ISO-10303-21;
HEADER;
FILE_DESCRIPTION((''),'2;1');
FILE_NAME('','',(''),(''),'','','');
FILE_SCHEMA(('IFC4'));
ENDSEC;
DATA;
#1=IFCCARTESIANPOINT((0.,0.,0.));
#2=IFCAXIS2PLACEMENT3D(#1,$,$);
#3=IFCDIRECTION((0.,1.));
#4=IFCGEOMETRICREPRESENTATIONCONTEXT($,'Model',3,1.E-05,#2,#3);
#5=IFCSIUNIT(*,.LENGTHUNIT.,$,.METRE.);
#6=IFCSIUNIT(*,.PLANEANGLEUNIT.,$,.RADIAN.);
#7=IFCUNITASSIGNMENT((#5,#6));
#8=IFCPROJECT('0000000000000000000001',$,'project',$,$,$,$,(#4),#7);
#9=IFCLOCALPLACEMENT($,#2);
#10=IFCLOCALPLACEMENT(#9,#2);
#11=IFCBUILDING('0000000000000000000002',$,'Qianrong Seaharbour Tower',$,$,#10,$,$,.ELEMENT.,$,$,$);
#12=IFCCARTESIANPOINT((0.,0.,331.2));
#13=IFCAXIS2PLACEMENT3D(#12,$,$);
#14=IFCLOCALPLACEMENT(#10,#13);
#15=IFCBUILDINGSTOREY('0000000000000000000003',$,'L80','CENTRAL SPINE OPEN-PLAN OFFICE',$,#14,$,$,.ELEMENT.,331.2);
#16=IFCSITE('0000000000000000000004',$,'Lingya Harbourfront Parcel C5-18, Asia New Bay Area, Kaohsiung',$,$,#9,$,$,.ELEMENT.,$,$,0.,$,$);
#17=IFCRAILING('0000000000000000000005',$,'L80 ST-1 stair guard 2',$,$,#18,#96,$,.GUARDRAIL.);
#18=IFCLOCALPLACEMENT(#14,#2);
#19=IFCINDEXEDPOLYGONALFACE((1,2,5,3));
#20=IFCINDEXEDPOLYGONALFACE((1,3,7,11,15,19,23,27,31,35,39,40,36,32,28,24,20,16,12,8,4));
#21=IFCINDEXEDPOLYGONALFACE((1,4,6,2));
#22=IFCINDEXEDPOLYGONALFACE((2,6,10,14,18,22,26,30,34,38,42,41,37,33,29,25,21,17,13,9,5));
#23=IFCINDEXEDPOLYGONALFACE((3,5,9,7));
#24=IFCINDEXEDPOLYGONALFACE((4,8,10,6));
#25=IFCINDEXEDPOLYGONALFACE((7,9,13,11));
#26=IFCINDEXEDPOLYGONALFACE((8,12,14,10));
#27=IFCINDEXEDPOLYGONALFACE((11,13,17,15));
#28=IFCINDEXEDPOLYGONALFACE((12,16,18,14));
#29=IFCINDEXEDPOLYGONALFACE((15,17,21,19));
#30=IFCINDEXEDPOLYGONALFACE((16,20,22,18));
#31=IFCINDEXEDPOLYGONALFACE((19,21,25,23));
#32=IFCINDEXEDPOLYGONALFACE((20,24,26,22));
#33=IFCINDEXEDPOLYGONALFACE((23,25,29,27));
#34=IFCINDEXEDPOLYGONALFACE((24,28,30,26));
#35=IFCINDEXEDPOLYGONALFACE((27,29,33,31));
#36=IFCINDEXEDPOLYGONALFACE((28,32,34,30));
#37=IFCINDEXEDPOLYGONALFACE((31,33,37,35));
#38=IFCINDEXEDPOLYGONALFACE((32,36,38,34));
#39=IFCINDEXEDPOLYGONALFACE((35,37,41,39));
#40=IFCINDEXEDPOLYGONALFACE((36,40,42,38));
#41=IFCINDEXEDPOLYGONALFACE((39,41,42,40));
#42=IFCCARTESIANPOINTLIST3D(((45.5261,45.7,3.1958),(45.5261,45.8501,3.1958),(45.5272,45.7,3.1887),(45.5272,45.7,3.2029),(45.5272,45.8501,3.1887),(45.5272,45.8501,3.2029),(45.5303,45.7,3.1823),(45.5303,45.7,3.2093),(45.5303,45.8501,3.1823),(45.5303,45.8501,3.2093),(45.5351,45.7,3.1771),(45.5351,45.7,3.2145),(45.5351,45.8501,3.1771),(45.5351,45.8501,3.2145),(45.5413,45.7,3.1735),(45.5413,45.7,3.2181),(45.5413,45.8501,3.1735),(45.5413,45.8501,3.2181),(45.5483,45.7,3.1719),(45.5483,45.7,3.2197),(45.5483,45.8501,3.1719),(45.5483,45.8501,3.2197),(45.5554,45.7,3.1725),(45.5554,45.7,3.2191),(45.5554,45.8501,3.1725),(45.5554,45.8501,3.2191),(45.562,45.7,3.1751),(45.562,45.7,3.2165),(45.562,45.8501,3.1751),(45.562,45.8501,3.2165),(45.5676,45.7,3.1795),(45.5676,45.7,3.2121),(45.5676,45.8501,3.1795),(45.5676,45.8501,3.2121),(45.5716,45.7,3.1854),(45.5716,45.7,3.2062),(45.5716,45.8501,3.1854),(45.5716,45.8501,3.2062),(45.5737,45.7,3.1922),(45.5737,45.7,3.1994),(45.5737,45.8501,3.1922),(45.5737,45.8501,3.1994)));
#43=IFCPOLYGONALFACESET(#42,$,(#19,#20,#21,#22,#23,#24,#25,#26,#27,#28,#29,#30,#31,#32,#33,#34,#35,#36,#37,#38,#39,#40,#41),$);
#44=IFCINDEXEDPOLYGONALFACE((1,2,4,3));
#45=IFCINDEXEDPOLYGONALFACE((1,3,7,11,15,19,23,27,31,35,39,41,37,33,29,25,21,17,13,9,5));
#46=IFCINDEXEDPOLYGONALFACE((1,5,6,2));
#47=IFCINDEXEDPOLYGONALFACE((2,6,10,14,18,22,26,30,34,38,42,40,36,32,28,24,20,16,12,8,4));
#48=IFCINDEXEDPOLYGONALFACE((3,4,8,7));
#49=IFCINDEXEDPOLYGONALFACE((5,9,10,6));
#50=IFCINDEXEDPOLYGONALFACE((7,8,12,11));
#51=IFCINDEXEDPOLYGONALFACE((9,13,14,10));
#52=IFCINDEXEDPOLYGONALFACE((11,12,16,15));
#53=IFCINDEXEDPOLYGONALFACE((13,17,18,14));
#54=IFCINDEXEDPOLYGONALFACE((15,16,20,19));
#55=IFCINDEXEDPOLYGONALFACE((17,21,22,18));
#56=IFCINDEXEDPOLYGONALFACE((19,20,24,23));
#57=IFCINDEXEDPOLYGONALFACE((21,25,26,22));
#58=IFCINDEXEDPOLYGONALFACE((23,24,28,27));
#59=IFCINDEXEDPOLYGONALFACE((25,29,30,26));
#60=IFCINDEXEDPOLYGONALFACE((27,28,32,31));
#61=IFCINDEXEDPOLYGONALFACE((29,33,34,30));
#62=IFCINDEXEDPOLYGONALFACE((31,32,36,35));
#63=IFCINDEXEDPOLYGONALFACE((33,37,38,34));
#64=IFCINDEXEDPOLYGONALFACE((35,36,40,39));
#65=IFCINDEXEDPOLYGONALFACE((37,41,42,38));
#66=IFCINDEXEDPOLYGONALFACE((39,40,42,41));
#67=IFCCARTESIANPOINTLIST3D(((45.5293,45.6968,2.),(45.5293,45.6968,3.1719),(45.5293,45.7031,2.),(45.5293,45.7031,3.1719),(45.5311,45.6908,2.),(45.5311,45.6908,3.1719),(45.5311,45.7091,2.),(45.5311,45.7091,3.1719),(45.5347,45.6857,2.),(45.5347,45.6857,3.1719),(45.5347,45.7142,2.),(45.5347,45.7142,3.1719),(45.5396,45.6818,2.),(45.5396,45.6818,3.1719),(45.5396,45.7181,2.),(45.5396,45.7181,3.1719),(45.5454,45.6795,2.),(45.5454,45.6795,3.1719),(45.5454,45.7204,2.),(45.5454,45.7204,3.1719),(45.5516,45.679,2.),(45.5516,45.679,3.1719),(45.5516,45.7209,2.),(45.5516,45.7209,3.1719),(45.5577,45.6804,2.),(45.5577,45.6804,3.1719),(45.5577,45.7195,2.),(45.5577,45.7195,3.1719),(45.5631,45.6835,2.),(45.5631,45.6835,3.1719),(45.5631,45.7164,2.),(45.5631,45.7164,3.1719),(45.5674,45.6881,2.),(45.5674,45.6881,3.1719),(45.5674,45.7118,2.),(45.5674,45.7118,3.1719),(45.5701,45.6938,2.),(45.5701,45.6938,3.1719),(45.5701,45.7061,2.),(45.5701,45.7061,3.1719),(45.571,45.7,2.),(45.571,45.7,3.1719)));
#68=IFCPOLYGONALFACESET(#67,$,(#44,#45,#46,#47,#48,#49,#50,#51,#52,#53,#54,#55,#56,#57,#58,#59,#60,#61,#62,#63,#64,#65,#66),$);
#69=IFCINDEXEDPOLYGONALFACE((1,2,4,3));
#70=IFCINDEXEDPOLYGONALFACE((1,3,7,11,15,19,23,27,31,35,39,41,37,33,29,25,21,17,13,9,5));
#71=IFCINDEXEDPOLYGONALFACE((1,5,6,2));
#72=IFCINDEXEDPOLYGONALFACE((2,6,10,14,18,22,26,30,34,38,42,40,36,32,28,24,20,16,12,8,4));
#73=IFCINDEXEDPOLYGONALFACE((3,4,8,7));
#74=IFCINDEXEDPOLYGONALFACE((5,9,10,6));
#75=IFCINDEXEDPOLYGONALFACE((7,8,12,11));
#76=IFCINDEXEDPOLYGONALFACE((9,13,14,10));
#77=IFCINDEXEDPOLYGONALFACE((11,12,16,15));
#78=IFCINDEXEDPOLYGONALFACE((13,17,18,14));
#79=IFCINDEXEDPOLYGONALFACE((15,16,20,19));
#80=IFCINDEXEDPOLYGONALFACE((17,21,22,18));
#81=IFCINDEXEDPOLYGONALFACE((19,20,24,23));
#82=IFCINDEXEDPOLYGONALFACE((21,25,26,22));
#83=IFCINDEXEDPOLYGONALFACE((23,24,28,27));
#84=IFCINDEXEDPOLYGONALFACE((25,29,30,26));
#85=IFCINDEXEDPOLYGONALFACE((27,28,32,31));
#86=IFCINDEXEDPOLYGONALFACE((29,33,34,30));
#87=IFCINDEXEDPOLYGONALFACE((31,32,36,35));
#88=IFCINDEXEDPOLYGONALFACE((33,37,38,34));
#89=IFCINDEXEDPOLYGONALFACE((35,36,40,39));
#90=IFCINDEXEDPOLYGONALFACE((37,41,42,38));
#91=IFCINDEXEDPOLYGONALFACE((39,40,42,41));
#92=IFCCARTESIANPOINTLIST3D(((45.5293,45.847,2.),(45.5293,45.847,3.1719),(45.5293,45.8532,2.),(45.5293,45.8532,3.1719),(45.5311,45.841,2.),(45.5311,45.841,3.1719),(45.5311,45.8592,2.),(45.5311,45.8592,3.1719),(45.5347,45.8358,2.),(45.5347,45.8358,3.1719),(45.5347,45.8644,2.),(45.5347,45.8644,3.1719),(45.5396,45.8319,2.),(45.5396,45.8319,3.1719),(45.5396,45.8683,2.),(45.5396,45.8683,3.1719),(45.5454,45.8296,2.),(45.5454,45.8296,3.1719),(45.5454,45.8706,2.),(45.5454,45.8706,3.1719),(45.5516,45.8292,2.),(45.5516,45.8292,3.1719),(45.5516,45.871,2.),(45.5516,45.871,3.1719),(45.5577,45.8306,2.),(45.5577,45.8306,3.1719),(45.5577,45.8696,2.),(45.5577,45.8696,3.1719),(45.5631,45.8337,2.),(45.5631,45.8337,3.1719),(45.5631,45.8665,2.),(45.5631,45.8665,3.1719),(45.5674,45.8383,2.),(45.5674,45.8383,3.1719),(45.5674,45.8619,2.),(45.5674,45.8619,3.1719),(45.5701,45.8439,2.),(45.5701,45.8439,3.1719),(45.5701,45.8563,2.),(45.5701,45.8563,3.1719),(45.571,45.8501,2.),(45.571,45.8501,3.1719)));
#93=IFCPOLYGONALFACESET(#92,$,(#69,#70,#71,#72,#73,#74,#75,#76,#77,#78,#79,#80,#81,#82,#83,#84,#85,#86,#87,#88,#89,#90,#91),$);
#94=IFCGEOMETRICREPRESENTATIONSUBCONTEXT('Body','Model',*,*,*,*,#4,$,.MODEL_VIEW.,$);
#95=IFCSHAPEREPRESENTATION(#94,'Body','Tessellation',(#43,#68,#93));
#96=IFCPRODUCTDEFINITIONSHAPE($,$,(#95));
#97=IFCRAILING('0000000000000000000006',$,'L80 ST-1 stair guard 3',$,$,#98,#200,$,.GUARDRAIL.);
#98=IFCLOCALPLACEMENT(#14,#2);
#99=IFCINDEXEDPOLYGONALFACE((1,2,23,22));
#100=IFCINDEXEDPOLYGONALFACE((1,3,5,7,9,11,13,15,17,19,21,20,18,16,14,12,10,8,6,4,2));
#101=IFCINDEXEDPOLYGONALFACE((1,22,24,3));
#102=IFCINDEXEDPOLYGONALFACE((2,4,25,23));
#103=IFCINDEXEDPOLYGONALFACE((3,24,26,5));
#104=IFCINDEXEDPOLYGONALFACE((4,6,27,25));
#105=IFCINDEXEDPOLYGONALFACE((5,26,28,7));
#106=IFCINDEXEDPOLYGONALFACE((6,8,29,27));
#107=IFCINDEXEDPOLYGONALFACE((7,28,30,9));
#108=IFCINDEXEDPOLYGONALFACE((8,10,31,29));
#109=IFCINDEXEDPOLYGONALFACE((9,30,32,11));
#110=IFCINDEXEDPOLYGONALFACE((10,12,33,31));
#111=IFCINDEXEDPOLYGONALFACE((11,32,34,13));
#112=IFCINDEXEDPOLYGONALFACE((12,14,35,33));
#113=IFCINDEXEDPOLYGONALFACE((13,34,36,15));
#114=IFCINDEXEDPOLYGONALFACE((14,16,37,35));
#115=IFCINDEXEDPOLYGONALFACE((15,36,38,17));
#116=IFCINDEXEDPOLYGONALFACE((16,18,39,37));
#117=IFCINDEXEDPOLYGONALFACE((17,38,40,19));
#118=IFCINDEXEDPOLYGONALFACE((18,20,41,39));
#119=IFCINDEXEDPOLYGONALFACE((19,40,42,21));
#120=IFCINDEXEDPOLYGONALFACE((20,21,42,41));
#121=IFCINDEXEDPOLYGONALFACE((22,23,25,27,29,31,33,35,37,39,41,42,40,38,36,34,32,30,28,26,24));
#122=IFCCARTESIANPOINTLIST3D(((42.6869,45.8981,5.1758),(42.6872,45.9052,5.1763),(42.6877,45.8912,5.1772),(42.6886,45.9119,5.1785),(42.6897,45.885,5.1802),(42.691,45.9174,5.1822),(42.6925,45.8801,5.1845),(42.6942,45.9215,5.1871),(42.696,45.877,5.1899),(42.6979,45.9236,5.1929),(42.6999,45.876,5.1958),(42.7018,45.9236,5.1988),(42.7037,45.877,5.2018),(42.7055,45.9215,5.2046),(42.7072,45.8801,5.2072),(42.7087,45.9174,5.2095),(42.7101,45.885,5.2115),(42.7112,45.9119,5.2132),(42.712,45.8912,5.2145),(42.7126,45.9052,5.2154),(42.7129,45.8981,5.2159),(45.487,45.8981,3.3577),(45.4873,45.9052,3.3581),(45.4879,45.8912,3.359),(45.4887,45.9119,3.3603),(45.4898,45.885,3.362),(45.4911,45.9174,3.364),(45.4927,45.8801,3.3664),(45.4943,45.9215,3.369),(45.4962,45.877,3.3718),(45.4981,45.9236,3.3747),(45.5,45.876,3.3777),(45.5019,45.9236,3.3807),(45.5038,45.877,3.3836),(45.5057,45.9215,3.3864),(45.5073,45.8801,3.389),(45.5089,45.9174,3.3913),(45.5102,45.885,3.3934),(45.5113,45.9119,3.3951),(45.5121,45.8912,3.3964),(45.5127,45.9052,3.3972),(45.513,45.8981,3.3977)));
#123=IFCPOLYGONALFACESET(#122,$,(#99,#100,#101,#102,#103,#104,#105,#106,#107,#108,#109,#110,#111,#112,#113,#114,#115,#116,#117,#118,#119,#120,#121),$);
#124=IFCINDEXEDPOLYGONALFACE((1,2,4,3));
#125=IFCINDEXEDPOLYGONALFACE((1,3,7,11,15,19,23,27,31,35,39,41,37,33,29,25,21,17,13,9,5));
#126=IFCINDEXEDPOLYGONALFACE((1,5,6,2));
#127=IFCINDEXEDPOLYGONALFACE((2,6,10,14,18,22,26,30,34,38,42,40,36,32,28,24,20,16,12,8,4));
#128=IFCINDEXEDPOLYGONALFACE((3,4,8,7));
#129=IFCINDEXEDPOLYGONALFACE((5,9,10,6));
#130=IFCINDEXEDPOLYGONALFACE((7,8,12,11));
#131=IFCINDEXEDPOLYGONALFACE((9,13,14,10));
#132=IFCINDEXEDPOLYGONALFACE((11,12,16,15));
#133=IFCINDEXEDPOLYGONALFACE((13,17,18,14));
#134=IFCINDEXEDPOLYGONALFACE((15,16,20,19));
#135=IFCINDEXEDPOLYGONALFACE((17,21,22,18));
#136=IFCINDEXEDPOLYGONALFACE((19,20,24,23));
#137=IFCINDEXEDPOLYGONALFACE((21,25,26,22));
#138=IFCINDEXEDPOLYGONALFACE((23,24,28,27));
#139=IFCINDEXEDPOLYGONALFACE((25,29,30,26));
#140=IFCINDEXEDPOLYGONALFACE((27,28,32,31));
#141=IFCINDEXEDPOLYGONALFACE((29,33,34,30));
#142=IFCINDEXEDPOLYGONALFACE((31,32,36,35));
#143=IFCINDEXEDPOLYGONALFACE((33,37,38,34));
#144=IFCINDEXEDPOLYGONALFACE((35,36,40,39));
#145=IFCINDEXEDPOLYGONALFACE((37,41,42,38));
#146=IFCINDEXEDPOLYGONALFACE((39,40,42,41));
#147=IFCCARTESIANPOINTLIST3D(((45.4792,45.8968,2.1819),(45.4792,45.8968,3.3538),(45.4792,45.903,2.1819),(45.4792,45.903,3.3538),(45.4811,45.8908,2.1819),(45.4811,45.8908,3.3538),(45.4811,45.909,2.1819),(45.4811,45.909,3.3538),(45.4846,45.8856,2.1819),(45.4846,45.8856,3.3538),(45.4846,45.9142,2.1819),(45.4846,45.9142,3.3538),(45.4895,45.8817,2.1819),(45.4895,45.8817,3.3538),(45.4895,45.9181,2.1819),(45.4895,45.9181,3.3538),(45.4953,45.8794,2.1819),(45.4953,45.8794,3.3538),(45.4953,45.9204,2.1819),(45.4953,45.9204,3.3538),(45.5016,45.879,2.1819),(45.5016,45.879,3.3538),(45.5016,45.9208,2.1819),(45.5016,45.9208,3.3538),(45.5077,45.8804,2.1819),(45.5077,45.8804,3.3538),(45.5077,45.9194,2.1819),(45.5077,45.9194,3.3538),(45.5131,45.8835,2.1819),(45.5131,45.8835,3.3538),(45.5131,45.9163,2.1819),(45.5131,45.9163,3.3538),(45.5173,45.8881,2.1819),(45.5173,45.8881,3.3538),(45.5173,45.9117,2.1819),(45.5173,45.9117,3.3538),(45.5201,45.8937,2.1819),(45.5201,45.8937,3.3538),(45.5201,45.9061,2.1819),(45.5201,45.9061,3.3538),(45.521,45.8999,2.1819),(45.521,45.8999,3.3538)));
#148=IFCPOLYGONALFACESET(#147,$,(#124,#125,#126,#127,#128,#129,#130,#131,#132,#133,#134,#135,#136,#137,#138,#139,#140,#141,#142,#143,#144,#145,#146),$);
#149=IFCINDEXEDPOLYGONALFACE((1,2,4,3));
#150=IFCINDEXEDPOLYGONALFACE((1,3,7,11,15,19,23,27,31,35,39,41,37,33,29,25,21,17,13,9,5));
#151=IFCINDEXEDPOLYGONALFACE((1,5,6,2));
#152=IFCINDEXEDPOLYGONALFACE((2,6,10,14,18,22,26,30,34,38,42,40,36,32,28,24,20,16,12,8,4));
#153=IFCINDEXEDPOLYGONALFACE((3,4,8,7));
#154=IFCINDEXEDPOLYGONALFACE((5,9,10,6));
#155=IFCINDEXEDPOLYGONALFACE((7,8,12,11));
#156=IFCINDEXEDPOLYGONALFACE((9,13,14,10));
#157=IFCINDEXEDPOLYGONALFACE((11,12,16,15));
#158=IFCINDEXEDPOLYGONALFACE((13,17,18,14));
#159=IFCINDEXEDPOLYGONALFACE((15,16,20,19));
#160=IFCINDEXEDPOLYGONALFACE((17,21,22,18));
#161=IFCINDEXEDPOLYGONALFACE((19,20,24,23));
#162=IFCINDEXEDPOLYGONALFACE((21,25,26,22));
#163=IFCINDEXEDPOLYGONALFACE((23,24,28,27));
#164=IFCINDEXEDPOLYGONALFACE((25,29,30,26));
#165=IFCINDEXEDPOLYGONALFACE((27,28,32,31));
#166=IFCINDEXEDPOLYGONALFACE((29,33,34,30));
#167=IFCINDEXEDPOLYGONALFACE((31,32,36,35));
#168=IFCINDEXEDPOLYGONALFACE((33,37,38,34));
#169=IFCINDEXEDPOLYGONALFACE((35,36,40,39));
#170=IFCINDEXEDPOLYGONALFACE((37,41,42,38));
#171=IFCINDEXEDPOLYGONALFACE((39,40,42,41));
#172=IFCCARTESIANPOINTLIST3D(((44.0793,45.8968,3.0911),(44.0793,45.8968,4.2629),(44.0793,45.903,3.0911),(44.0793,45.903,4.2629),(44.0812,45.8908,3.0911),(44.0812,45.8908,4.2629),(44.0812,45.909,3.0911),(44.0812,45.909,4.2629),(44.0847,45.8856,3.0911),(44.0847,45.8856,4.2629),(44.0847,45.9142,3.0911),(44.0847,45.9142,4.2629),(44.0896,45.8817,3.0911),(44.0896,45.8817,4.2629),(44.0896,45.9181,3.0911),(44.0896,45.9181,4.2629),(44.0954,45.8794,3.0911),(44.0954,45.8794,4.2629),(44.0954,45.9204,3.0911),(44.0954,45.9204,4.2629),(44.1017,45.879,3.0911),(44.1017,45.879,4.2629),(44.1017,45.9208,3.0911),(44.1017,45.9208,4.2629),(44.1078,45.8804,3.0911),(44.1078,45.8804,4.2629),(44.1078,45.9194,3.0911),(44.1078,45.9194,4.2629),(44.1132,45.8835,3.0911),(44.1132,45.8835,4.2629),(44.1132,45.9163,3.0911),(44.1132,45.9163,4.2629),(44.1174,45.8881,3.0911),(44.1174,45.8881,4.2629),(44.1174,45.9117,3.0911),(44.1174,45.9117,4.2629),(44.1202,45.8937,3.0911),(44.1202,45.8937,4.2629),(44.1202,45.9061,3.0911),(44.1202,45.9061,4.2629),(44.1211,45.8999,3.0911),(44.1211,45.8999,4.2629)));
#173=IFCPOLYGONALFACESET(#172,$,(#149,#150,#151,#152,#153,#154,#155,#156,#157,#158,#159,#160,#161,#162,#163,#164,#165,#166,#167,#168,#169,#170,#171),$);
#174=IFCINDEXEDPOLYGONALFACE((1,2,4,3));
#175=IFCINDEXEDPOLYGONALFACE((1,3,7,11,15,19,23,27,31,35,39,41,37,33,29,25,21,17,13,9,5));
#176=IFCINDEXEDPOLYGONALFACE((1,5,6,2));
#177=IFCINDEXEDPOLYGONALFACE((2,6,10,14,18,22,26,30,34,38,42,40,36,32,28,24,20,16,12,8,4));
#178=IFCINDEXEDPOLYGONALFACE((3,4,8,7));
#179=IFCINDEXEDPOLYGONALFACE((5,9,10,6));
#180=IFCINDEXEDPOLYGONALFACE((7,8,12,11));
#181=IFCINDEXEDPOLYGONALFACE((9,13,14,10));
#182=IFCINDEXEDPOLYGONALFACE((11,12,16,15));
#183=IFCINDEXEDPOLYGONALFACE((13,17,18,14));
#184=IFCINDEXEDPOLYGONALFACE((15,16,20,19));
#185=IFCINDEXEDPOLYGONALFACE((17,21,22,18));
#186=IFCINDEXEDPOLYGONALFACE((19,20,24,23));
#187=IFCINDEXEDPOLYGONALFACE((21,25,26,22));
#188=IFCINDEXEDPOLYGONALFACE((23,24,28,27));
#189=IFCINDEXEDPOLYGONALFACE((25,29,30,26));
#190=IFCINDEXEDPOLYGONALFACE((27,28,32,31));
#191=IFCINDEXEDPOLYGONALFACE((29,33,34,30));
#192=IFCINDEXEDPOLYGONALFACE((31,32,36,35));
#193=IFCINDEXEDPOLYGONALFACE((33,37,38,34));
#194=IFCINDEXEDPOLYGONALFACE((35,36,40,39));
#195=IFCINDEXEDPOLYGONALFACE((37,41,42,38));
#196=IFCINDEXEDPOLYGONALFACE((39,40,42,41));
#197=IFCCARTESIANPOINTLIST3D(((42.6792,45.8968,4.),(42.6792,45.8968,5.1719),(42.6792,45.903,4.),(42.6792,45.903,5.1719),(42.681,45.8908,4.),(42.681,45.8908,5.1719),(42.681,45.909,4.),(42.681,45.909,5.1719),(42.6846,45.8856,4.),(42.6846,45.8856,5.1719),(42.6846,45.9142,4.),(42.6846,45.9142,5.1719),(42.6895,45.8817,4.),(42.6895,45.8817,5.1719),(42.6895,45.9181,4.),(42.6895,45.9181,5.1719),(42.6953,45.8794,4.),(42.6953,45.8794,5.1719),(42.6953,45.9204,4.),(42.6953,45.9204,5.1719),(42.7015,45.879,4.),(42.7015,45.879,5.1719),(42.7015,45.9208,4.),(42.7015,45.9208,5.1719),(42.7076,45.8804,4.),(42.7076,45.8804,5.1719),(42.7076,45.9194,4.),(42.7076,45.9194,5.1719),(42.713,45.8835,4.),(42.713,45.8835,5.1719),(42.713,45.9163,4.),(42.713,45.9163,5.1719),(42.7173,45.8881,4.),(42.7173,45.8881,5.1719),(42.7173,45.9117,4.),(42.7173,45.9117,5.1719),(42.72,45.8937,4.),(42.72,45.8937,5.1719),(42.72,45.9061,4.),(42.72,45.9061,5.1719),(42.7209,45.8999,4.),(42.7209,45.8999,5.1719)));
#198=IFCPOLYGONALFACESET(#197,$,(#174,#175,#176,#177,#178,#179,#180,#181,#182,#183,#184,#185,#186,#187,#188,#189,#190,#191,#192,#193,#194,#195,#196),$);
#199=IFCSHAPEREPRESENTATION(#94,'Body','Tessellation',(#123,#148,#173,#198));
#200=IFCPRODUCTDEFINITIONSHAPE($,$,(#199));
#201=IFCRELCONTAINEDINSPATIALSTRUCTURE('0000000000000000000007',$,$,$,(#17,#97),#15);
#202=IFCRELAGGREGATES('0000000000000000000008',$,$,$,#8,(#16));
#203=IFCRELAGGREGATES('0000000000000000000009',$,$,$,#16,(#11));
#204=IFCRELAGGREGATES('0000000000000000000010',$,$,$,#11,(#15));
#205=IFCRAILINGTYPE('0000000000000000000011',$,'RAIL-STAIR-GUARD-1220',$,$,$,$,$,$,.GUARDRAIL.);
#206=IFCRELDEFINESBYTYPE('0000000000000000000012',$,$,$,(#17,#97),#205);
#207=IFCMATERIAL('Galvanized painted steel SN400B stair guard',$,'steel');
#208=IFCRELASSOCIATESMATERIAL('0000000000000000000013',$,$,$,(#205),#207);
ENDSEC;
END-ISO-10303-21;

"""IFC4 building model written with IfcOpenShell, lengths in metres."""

from ifc_helpers import new_model, si_unit, direction, frame, origin, origin_2d, place, context, subcontext, project, spatial, circle, extrude, material, type_object, element, save


model = new_model("IFC4")

# Units and contexts
model_context = context("Model", 3, precision=1e-05, world=origin(), true_north=direction((0.0, 1.0)))
body_context = subcontext(model_context, "Body", "Model", "MODEL_VIEW")
ifc_project = project(units=[si_unit("LENGTHUNIT", "METRE"), si_unit("PLANEANGLEUNIT", "RADIAN")], contexts=[model_context])

# Site, building, storey
site_placement = place(None, origin())
site = spatial("IfcSite", under=ifc_project, at=site_placement, Name="Lingya Harbourfront Parcel C5-18, Asia New Bay Area, Kaohsiung", CompositionType="ELEMENT", RefElevation=0.0)
building_placement = place(site_placement, origin())
building = spatial("IfcBuilding", under=site, at=building_placement, Name="Qianrong Seaharbour Tower", CompositionType="ELEMENT")
storey_placement = place(building_placement, frame((0.0, 0.0, 331.2)))
storey = spatial("IfcBuildingStorey", under=building, at=storey_placement, Name="L80", Description="CENTRAL SPINE OPEN-PLAN OFFICE", CompositionType="ELEMENT", Elevation=331.2)

# Railings
ifc_material_1 = material(Name="Galvanized painted steel SN400B stair guard", Category="steel")
railing_type_1 = type_object("IfcRailingType", Name="RAIL-STAIR-GUARD-1220", PredefinedType="GUARDRAIL", material=ifc_material_1)
railing_1_placement = place(storey_placement, frame((45.55, 45.7, 2.0)))
element("IfcRailing", 1, at=railing_1_placement, inside=storey, type_object=railing_type_1, Name="L80 ST-1 stair guard 2", PredefinedType="GUARDRAIL", context=body_context, shape_type="SweptSolid", body=[
    extrude(circle(Radius=0.0239, at=origin_2d()), frame((0.0, 0.0, 1.1958), z_axis=(0.0, 1.0, 0.0), x_axis=(-1.0, 0.0, 0.0)), (0.0, 0.0, 1.0), 0.1501),
    extrude(circle(Radius=0.021, at=origin_2d()), origin(), (0.0, 0.0, 1.0), 1.1719),
    extrude(circle(Radius=0.021, at=origin_2d()), frame((0.0, 0.1501, 0.0)), (0.0, 0.0, 1.0), 1.1719),
])
railing_2_placement = place(storey_placement, frame((45.5, 45.8999, 2.1819)))
element("IfcRailing", 2, at=railing_2_placement, inside=storey, type_object=railing_type_1, Name="L80 ST-1 stair guard 3", PredefinedType="GUARDRAIL", context=body_context, shape_type="SweptSolid", body=[
    extrude(circle(Radius=0.0239, at=origin_2d()), frame((0.0, 0.0, 1.1958), z_axis=(-0.838706, 0.0, 0.544585), x_axis=(0.0, -1.0, 0.0)), (0.0, 0.0, 1.0), 3.3386),
    extrude(circle(Radius=0.021, at=origin_2d()), origin(), (0.0, 0.0, 1.0), 1.1719),
    extrude(circle(Radius=0.021, at=origin_2d()), frame((-1.3999, 0.0, 0.9092)), (0.0, 0.0, 1.0), 1.1719),
    extrude(circle(Radius=0.021, at=origin_2d()), frame((-2.8, 0.0, 1.8181)), (0.0, 0.0, 1.0), 1.1719),
])

save(model, "model.ifc")
